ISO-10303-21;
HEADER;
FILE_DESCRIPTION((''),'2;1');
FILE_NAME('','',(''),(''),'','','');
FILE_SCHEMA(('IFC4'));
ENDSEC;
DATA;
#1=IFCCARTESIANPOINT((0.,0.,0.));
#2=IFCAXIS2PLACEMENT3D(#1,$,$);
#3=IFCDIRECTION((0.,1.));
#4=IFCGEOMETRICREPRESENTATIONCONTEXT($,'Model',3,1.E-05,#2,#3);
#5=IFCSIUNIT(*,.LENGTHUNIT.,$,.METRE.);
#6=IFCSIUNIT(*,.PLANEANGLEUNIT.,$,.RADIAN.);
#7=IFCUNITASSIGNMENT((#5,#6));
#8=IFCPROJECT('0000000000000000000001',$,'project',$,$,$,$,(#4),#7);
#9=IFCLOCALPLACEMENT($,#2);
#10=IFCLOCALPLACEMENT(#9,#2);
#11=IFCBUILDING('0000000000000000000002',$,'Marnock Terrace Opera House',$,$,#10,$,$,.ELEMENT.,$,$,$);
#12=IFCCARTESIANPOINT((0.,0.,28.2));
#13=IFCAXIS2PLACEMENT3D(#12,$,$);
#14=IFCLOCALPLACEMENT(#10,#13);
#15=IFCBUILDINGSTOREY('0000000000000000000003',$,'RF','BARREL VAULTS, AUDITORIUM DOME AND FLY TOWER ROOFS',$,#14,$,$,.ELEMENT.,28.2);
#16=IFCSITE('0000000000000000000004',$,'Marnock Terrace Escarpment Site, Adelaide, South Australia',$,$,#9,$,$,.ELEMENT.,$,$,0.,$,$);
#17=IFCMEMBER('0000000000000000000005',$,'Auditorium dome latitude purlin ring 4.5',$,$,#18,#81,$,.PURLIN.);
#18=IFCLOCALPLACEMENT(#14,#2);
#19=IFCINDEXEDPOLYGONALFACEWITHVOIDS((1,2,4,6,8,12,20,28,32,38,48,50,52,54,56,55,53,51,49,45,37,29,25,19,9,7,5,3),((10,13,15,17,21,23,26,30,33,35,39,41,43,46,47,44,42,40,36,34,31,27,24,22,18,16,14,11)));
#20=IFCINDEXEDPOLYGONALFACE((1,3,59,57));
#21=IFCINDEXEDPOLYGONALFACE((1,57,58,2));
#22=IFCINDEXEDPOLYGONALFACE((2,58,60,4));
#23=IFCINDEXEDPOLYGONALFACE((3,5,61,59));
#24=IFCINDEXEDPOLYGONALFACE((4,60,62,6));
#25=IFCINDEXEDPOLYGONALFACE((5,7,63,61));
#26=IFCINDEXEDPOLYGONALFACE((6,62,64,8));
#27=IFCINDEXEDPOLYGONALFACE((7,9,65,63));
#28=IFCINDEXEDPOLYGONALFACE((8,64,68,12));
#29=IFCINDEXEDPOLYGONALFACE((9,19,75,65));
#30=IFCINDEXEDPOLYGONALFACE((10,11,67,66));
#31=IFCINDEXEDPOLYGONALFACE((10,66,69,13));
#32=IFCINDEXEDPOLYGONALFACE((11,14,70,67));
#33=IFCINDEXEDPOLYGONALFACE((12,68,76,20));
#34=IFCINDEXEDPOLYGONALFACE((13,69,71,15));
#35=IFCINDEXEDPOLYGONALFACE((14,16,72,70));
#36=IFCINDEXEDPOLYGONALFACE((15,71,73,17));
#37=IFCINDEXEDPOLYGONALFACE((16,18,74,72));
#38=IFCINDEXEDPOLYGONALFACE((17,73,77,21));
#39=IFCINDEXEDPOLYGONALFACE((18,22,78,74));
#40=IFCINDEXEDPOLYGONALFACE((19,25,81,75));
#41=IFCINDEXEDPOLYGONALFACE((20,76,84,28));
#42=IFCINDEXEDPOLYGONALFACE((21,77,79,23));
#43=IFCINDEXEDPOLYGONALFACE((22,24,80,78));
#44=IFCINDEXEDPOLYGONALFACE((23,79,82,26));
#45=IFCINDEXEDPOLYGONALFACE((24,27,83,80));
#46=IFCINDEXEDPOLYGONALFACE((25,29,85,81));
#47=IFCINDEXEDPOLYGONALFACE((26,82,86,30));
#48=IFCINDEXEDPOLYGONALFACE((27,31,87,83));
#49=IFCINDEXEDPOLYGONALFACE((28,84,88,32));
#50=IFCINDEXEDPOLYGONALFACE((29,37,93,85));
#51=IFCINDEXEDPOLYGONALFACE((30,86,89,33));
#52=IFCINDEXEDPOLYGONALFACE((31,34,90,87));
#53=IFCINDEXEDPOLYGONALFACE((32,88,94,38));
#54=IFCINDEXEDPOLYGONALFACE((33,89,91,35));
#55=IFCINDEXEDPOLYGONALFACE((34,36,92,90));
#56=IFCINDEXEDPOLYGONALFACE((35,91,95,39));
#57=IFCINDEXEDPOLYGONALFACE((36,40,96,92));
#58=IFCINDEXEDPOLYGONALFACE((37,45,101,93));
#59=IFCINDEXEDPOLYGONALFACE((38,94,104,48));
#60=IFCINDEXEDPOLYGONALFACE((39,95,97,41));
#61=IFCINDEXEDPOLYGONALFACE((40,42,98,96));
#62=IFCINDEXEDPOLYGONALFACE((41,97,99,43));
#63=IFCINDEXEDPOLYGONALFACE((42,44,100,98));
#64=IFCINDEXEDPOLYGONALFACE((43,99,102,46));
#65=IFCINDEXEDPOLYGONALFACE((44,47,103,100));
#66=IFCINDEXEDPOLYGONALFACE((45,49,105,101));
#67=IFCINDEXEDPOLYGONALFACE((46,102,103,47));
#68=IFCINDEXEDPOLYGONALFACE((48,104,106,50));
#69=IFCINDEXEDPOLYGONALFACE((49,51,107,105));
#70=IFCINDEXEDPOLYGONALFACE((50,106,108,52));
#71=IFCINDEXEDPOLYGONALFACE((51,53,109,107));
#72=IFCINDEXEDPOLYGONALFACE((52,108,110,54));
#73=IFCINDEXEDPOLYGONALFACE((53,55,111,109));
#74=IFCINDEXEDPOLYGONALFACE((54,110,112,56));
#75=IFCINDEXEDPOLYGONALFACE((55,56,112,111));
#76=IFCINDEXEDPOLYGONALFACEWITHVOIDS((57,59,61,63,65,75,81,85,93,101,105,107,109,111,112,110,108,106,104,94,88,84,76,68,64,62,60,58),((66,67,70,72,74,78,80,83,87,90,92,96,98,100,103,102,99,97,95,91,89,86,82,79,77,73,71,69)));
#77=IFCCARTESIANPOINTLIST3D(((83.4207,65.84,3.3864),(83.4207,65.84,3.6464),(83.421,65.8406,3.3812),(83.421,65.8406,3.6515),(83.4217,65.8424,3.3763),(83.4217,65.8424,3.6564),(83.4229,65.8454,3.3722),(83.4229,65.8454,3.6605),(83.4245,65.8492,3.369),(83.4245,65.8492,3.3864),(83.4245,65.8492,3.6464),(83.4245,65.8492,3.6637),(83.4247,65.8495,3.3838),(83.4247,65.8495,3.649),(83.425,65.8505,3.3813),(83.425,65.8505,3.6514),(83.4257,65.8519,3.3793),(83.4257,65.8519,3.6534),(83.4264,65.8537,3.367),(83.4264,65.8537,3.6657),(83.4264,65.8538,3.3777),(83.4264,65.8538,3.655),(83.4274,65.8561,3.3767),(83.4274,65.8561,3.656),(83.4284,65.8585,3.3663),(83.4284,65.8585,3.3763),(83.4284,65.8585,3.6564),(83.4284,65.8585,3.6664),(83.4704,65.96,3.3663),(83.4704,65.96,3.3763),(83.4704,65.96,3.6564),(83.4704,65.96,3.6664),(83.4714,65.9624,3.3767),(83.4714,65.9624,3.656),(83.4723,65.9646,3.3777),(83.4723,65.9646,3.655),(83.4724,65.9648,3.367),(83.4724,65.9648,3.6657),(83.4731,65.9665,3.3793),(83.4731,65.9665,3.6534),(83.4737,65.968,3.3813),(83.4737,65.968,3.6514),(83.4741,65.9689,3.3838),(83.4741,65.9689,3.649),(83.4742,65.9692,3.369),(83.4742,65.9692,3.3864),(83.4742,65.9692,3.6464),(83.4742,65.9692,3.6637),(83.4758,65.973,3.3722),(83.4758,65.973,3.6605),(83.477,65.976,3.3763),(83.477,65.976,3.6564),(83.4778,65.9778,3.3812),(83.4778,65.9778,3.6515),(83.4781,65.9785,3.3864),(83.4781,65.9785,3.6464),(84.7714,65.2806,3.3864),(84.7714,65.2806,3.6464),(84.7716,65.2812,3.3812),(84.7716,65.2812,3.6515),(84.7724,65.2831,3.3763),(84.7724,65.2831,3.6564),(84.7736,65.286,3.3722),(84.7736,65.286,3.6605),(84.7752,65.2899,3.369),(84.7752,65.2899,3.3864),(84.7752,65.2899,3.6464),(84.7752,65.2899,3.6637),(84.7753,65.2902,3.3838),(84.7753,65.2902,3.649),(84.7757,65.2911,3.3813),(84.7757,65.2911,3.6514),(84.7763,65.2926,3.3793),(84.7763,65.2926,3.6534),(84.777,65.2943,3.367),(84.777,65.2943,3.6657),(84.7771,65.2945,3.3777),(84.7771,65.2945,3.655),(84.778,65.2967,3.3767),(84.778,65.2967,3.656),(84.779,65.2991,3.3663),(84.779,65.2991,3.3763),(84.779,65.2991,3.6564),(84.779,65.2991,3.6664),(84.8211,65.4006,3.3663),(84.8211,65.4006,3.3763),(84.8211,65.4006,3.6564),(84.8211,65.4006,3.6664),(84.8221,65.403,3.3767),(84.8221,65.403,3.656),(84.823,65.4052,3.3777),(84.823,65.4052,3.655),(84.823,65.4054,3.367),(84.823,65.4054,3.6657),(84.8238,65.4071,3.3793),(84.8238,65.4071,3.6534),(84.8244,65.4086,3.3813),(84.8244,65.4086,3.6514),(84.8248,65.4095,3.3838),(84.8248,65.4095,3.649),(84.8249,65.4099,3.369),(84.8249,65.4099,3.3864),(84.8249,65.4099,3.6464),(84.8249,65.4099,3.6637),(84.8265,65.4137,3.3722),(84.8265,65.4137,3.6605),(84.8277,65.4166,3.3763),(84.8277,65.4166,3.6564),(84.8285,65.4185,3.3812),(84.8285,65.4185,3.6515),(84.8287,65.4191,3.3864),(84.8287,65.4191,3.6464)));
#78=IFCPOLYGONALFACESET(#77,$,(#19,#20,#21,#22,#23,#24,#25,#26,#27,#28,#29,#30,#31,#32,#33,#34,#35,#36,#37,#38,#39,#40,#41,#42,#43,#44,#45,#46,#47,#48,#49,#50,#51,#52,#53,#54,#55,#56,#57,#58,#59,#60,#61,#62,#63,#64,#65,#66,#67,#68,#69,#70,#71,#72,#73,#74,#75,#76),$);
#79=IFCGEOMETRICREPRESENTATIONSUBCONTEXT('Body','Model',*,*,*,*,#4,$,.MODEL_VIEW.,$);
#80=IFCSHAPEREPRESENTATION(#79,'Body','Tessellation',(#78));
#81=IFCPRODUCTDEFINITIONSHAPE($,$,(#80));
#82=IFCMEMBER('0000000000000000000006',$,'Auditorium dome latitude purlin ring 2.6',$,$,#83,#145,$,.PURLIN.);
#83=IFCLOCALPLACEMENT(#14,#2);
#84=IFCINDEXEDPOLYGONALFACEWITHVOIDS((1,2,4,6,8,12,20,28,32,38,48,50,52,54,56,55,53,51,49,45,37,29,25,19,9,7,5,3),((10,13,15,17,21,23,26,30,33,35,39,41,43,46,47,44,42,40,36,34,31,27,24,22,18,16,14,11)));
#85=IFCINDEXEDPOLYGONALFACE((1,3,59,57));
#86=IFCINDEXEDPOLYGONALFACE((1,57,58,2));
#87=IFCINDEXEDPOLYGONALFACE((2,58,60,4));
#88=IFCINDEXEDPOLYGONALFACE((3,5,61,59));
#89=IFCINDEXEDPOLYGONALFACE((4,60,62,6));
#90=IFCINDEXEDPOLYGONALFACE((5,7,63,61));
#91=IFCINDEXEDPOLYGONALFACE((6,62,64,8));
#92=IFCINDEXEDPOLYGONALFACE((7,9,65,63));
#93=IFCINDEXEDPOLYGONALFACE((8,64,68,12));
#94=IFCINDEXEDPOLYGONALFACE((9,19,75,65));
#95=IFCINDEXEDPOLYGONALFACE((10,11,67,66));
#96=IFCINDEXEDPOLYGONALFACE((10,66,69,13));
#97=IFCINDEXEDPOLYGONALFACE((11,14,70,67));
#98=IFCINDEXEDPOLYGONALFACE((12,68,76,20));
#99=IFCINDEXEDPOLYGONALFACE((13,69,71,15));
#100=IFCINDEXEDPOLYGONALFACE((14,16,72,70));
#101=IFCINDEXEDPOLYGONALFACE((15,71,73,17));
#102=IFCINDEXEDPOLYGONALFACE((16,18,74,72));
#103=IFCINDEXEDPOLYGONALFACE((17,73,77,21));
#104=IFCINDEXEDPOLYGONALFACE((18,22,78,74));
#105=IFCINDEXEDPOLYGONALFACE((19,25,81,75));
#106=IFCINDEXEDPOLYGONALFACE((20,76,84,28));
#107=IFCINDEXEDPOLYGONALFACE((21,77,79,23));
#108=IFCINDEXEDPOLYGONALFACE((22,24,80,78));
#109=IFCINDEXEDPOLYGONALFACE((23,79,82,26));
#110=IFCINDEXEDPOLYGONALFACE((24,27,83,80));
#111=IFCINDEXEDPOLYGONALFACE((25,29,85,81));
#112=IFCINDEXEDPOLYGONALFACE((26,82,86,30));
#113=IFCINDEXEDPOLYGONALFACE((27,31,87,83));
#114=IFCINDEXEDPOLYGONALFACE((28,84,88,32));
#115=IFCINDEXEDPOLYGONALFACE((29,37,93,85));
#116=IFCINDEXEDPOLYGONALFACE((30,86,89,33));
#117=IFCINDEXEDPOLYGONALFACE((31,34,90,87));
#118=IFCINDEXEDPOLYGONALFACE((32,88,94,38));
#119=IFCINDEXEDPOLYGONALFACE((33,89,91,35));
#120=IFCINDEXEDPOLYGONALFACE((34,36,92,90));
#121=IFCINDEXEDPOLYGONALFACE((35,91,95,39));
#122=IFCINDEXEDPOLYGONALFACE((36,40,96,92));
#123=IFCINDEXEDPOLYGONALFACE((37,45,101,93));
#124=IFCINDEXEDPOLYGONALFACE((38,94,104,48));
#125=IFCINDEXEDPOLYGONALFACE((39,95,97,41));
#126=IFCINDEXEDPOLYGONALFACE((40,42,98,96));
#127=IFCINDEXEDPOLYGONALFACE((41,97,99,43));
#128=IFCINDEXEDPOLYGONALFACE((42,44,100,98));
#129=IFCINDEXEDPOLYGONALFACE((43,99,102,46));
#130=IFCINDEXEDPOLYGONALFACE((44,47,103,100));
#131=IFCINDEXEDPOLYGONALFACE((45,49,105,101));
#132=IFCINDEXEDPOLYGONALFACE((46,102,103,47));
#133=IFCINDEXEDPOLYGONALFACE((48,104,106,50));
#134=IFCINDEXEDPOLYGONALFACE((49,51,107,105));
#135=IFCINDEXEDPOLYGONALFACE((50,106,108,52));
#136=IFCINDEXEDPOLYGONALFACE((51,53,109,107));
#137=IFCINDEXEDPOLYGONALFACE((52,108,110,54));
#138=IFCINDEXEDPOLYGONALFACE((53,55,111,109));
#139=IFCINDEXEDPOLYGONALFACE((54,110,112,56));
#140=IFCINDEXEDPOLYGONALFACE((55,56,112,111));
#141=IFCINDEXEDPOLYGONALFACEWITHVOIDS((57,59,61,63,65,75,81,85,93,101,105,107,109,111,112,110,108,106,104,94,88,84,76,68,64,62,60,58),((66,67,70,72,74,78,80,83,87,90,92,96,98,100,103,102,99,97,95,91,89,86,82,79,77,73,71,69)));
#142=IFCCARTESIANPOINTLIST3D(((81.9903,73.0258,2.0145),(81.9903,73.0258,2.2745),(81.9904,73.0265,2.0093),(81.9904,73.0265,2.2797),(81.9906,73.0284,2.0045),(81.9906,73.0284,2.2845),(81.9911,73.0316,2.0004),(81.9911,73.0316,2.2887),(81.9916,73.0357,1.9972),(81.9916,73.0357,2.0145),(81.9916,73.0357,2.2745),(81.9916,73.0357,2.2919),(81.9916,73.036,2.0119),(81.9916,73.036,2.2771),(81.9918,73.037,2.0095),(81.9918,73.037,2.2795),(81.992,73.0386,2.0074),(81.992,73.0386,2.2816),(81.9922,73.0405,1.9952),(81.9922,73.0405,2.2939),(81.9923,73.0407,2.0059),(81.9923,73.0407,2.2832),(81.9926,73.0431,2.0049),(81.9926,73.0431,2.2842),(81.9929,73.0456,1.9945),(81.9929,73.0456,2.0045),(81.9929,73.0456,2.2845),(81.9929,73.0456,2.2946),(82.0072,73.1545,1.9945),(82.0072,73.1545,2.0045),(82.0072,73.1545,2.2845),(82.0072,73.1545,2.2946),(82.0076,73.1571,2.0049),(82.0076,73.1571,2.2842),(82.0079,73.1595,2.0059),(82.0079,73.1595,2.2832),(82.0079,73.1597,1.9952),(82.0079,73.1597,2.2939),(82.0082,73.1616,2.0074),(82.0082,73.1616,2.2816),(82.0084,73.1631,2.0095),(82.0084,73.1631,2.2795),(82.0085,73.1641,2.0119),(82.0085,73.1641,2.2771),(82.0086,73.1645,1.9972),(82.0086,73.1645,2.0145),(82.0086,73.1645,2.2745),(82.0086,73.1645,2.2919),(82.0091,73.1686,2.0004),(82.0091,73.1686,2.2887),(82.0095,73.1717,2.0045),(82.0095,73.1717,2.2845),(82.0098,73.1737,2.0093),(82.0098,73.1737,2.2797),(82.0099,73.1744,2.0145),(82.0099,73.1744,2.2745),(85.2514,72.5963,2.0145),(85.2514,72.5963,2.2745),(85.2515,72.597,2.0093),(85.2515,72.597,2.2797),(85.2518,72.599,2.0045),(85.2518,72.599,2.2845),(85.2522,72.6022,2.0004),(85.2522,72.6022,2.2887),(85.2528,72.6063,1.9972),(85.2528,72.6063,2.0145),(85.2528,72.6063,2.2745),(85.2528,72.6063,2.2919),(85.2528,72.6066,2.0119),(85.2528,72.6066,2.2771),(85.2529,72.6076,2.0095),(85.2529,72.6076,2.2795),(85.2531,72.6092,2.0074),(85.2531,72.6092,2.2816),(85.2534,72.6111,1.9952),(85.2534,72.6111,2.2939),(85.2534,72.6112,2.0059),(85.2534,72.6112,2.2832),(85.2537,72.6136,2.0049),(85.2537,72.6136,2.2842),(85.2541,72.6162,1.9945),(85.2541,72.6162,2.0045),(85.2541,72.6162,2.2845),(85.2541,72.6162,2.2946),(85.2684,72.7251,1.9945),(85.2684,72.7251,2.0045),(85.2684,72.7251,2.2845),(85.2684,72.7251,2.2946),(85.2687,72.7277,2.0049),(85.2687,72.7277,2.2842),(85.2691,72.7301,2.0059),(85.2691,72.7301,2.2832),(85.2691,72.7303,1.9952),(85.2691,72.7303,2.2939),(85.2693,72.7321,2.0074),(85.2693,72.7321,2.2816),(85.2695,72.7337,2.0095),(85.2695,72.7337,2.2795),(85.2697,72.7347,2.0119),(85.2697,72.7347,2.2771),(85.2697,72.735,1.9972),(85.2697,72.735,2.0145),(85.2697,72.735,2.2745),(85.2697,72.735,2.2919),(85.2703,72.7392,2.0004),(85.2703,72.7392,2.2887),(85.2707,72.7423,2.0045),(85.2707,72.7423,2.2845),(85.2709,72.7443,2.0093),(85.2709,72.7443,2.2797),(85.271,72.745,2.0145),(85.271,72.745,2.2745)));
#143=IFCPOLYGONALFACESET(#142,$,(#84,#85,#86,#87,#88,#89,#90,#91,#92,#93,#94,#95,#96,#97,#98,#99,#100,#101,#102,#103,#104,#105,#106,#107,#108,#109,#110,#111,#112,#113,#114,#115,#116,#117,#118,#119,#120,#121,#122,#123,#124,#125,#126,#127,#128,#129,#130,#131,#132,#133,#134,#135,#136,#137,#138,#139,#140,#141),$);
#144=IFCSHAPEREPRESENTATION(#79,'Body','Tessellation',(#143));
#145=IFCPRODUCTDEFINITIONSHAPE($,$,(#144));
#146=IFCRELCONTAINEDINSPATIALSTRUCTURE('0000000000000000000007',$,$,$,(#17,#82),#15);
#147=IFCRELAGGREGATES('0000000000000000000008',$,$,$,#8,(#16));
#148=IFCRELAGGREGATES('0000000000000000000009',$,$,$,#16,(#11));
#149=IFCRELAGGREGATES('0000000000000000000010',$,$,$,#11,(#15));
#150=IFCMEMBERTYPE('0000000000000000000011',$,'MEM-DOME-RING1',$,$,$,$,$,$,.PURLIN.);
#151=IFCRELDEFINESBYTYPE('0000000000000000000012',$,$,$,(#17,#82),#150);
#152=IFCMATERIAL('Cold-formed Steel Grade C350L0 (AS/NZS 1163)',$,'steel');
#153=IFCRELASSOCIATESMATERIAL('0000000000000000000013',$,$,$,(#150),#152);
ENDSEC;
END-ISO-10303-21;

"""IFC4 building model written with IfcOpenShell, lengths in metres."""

from ifc_helpers import new_model, si_unit, direction, frame, origin, origin_2d, place, context, subcontext, project, spatial, hollow_rectangle, extrude, material, material_profile, profile_set, type_object, element, save


model = new_model("IFC4")

# Units and contexts
model_context = context("Model", 3, precision=1e-05, world=origin(), true_north=direction((0.0, 1.0)))
body_context = subcontext(model_context, "Body", "Model", "MODEL_VIEW")
ifc_project = project(units=[si_unit("LENGTHUNIT", "METRE"), si_unit("PLANEANGLEUNIT", "RADIAN")], contexts=[model_context])

# Site, building, storey
site_placement = place(None, origin())
site = spatial("IfcSite", under=ifc_project, at=site_placement, Name="Marnock Terrace Escarpment Site, Adelaide, South Australia", CompositionType="ELEMENT", RefElevation=0.0)
building_placement = place(site_placement, origin())
building = spatial("IfcBuilding", under=site, at=building_placement, Name="Marnock Terrace Opera House", CompositionType="ELEMENT")
storey_placement = place(building_placement, frame((0.0, 0.0, 28.2)))
storey = spatial("IfcBuildingStorey", under=building, at=storey_placement, Name="RF", Description="BARREL VAULTS, AUDITORIUM DOME AND FLY TOWER ROOFS", CompositionType="ELEMENT", Elevation=28.2)

# Members
ifc_material_1 = material(Name="Cold-formed Steel Grade C350L0 (AS/NZS 1163)", Category="steel")
ifc_material_profile_1 = material_profile(ifc_material_1, hollow_rectangle(XDim=0.1499, YDim=0.3, WallThickness=0.01, InnerFilletRadius=0.01, OuterFilletRadius=0.02, at=origin_2d()))
ifc_profile_set_1 = profile_set([ifc_material_profile_1], Name="Cold-formed Steel Grade C350L0 (AS/NZS 1163)")
member_type_1 = type_object("IfcMemberType", Name="MEM-DOME-RING1", PredefinedType="PURLIN", material=ifc_profile_set_1)
member_1_placement = place(storey_placement, frame((84.8, 65.3499, 3.5164), z_axis=(-0.923905, 0.382622, 0.0), x_axis=(-0.382622, -0.923905, 0.0)))
element("IfcMember", 1, at=member_1_placement, inside=storey, type_object=member_type_1, Name="Auditorium dome latitude purlin ring 4.5", PredefinedType="PURLIN", context=body_context, shape_type="SweptSolid", body=[
    extrude(hollow_rectangle(XDim=0.1499, YDim=0.3, WallThickness=0.01, InnerFilletRadius=0.01, OuterFilletRadius=0.02, at=origin_2d()), origin(), (0.0, 0.0, 1.0), 1.4619),
])
member_2_placement = place(storey_placement, frame((85.2612, 72.6707, 2.1445), z_axis=(-0.991441, 0.130554, 0.0), x_axis=(-0.130554, -0.991441, 0.0)))
element("IfcMember", 2, at=member_2_placement, inside=storey, type_object=member_type_1, Name="Auditorium dome latitude purlin ring 2.6", PredefinedType="PURLIN", context=body_context, shape_type="SweptSolid", body=[
    extrude(hollow_rectangle(XDim=0.1499, YDim=0.3, WallThickness=0.01, InnerFilletRadius=0.01, OuterFilletRadius=0.02, at=origin_2d()), origin(), (0.0, 0.0, 1.0), 3.2893),
])

save(model, "model.ifc")
